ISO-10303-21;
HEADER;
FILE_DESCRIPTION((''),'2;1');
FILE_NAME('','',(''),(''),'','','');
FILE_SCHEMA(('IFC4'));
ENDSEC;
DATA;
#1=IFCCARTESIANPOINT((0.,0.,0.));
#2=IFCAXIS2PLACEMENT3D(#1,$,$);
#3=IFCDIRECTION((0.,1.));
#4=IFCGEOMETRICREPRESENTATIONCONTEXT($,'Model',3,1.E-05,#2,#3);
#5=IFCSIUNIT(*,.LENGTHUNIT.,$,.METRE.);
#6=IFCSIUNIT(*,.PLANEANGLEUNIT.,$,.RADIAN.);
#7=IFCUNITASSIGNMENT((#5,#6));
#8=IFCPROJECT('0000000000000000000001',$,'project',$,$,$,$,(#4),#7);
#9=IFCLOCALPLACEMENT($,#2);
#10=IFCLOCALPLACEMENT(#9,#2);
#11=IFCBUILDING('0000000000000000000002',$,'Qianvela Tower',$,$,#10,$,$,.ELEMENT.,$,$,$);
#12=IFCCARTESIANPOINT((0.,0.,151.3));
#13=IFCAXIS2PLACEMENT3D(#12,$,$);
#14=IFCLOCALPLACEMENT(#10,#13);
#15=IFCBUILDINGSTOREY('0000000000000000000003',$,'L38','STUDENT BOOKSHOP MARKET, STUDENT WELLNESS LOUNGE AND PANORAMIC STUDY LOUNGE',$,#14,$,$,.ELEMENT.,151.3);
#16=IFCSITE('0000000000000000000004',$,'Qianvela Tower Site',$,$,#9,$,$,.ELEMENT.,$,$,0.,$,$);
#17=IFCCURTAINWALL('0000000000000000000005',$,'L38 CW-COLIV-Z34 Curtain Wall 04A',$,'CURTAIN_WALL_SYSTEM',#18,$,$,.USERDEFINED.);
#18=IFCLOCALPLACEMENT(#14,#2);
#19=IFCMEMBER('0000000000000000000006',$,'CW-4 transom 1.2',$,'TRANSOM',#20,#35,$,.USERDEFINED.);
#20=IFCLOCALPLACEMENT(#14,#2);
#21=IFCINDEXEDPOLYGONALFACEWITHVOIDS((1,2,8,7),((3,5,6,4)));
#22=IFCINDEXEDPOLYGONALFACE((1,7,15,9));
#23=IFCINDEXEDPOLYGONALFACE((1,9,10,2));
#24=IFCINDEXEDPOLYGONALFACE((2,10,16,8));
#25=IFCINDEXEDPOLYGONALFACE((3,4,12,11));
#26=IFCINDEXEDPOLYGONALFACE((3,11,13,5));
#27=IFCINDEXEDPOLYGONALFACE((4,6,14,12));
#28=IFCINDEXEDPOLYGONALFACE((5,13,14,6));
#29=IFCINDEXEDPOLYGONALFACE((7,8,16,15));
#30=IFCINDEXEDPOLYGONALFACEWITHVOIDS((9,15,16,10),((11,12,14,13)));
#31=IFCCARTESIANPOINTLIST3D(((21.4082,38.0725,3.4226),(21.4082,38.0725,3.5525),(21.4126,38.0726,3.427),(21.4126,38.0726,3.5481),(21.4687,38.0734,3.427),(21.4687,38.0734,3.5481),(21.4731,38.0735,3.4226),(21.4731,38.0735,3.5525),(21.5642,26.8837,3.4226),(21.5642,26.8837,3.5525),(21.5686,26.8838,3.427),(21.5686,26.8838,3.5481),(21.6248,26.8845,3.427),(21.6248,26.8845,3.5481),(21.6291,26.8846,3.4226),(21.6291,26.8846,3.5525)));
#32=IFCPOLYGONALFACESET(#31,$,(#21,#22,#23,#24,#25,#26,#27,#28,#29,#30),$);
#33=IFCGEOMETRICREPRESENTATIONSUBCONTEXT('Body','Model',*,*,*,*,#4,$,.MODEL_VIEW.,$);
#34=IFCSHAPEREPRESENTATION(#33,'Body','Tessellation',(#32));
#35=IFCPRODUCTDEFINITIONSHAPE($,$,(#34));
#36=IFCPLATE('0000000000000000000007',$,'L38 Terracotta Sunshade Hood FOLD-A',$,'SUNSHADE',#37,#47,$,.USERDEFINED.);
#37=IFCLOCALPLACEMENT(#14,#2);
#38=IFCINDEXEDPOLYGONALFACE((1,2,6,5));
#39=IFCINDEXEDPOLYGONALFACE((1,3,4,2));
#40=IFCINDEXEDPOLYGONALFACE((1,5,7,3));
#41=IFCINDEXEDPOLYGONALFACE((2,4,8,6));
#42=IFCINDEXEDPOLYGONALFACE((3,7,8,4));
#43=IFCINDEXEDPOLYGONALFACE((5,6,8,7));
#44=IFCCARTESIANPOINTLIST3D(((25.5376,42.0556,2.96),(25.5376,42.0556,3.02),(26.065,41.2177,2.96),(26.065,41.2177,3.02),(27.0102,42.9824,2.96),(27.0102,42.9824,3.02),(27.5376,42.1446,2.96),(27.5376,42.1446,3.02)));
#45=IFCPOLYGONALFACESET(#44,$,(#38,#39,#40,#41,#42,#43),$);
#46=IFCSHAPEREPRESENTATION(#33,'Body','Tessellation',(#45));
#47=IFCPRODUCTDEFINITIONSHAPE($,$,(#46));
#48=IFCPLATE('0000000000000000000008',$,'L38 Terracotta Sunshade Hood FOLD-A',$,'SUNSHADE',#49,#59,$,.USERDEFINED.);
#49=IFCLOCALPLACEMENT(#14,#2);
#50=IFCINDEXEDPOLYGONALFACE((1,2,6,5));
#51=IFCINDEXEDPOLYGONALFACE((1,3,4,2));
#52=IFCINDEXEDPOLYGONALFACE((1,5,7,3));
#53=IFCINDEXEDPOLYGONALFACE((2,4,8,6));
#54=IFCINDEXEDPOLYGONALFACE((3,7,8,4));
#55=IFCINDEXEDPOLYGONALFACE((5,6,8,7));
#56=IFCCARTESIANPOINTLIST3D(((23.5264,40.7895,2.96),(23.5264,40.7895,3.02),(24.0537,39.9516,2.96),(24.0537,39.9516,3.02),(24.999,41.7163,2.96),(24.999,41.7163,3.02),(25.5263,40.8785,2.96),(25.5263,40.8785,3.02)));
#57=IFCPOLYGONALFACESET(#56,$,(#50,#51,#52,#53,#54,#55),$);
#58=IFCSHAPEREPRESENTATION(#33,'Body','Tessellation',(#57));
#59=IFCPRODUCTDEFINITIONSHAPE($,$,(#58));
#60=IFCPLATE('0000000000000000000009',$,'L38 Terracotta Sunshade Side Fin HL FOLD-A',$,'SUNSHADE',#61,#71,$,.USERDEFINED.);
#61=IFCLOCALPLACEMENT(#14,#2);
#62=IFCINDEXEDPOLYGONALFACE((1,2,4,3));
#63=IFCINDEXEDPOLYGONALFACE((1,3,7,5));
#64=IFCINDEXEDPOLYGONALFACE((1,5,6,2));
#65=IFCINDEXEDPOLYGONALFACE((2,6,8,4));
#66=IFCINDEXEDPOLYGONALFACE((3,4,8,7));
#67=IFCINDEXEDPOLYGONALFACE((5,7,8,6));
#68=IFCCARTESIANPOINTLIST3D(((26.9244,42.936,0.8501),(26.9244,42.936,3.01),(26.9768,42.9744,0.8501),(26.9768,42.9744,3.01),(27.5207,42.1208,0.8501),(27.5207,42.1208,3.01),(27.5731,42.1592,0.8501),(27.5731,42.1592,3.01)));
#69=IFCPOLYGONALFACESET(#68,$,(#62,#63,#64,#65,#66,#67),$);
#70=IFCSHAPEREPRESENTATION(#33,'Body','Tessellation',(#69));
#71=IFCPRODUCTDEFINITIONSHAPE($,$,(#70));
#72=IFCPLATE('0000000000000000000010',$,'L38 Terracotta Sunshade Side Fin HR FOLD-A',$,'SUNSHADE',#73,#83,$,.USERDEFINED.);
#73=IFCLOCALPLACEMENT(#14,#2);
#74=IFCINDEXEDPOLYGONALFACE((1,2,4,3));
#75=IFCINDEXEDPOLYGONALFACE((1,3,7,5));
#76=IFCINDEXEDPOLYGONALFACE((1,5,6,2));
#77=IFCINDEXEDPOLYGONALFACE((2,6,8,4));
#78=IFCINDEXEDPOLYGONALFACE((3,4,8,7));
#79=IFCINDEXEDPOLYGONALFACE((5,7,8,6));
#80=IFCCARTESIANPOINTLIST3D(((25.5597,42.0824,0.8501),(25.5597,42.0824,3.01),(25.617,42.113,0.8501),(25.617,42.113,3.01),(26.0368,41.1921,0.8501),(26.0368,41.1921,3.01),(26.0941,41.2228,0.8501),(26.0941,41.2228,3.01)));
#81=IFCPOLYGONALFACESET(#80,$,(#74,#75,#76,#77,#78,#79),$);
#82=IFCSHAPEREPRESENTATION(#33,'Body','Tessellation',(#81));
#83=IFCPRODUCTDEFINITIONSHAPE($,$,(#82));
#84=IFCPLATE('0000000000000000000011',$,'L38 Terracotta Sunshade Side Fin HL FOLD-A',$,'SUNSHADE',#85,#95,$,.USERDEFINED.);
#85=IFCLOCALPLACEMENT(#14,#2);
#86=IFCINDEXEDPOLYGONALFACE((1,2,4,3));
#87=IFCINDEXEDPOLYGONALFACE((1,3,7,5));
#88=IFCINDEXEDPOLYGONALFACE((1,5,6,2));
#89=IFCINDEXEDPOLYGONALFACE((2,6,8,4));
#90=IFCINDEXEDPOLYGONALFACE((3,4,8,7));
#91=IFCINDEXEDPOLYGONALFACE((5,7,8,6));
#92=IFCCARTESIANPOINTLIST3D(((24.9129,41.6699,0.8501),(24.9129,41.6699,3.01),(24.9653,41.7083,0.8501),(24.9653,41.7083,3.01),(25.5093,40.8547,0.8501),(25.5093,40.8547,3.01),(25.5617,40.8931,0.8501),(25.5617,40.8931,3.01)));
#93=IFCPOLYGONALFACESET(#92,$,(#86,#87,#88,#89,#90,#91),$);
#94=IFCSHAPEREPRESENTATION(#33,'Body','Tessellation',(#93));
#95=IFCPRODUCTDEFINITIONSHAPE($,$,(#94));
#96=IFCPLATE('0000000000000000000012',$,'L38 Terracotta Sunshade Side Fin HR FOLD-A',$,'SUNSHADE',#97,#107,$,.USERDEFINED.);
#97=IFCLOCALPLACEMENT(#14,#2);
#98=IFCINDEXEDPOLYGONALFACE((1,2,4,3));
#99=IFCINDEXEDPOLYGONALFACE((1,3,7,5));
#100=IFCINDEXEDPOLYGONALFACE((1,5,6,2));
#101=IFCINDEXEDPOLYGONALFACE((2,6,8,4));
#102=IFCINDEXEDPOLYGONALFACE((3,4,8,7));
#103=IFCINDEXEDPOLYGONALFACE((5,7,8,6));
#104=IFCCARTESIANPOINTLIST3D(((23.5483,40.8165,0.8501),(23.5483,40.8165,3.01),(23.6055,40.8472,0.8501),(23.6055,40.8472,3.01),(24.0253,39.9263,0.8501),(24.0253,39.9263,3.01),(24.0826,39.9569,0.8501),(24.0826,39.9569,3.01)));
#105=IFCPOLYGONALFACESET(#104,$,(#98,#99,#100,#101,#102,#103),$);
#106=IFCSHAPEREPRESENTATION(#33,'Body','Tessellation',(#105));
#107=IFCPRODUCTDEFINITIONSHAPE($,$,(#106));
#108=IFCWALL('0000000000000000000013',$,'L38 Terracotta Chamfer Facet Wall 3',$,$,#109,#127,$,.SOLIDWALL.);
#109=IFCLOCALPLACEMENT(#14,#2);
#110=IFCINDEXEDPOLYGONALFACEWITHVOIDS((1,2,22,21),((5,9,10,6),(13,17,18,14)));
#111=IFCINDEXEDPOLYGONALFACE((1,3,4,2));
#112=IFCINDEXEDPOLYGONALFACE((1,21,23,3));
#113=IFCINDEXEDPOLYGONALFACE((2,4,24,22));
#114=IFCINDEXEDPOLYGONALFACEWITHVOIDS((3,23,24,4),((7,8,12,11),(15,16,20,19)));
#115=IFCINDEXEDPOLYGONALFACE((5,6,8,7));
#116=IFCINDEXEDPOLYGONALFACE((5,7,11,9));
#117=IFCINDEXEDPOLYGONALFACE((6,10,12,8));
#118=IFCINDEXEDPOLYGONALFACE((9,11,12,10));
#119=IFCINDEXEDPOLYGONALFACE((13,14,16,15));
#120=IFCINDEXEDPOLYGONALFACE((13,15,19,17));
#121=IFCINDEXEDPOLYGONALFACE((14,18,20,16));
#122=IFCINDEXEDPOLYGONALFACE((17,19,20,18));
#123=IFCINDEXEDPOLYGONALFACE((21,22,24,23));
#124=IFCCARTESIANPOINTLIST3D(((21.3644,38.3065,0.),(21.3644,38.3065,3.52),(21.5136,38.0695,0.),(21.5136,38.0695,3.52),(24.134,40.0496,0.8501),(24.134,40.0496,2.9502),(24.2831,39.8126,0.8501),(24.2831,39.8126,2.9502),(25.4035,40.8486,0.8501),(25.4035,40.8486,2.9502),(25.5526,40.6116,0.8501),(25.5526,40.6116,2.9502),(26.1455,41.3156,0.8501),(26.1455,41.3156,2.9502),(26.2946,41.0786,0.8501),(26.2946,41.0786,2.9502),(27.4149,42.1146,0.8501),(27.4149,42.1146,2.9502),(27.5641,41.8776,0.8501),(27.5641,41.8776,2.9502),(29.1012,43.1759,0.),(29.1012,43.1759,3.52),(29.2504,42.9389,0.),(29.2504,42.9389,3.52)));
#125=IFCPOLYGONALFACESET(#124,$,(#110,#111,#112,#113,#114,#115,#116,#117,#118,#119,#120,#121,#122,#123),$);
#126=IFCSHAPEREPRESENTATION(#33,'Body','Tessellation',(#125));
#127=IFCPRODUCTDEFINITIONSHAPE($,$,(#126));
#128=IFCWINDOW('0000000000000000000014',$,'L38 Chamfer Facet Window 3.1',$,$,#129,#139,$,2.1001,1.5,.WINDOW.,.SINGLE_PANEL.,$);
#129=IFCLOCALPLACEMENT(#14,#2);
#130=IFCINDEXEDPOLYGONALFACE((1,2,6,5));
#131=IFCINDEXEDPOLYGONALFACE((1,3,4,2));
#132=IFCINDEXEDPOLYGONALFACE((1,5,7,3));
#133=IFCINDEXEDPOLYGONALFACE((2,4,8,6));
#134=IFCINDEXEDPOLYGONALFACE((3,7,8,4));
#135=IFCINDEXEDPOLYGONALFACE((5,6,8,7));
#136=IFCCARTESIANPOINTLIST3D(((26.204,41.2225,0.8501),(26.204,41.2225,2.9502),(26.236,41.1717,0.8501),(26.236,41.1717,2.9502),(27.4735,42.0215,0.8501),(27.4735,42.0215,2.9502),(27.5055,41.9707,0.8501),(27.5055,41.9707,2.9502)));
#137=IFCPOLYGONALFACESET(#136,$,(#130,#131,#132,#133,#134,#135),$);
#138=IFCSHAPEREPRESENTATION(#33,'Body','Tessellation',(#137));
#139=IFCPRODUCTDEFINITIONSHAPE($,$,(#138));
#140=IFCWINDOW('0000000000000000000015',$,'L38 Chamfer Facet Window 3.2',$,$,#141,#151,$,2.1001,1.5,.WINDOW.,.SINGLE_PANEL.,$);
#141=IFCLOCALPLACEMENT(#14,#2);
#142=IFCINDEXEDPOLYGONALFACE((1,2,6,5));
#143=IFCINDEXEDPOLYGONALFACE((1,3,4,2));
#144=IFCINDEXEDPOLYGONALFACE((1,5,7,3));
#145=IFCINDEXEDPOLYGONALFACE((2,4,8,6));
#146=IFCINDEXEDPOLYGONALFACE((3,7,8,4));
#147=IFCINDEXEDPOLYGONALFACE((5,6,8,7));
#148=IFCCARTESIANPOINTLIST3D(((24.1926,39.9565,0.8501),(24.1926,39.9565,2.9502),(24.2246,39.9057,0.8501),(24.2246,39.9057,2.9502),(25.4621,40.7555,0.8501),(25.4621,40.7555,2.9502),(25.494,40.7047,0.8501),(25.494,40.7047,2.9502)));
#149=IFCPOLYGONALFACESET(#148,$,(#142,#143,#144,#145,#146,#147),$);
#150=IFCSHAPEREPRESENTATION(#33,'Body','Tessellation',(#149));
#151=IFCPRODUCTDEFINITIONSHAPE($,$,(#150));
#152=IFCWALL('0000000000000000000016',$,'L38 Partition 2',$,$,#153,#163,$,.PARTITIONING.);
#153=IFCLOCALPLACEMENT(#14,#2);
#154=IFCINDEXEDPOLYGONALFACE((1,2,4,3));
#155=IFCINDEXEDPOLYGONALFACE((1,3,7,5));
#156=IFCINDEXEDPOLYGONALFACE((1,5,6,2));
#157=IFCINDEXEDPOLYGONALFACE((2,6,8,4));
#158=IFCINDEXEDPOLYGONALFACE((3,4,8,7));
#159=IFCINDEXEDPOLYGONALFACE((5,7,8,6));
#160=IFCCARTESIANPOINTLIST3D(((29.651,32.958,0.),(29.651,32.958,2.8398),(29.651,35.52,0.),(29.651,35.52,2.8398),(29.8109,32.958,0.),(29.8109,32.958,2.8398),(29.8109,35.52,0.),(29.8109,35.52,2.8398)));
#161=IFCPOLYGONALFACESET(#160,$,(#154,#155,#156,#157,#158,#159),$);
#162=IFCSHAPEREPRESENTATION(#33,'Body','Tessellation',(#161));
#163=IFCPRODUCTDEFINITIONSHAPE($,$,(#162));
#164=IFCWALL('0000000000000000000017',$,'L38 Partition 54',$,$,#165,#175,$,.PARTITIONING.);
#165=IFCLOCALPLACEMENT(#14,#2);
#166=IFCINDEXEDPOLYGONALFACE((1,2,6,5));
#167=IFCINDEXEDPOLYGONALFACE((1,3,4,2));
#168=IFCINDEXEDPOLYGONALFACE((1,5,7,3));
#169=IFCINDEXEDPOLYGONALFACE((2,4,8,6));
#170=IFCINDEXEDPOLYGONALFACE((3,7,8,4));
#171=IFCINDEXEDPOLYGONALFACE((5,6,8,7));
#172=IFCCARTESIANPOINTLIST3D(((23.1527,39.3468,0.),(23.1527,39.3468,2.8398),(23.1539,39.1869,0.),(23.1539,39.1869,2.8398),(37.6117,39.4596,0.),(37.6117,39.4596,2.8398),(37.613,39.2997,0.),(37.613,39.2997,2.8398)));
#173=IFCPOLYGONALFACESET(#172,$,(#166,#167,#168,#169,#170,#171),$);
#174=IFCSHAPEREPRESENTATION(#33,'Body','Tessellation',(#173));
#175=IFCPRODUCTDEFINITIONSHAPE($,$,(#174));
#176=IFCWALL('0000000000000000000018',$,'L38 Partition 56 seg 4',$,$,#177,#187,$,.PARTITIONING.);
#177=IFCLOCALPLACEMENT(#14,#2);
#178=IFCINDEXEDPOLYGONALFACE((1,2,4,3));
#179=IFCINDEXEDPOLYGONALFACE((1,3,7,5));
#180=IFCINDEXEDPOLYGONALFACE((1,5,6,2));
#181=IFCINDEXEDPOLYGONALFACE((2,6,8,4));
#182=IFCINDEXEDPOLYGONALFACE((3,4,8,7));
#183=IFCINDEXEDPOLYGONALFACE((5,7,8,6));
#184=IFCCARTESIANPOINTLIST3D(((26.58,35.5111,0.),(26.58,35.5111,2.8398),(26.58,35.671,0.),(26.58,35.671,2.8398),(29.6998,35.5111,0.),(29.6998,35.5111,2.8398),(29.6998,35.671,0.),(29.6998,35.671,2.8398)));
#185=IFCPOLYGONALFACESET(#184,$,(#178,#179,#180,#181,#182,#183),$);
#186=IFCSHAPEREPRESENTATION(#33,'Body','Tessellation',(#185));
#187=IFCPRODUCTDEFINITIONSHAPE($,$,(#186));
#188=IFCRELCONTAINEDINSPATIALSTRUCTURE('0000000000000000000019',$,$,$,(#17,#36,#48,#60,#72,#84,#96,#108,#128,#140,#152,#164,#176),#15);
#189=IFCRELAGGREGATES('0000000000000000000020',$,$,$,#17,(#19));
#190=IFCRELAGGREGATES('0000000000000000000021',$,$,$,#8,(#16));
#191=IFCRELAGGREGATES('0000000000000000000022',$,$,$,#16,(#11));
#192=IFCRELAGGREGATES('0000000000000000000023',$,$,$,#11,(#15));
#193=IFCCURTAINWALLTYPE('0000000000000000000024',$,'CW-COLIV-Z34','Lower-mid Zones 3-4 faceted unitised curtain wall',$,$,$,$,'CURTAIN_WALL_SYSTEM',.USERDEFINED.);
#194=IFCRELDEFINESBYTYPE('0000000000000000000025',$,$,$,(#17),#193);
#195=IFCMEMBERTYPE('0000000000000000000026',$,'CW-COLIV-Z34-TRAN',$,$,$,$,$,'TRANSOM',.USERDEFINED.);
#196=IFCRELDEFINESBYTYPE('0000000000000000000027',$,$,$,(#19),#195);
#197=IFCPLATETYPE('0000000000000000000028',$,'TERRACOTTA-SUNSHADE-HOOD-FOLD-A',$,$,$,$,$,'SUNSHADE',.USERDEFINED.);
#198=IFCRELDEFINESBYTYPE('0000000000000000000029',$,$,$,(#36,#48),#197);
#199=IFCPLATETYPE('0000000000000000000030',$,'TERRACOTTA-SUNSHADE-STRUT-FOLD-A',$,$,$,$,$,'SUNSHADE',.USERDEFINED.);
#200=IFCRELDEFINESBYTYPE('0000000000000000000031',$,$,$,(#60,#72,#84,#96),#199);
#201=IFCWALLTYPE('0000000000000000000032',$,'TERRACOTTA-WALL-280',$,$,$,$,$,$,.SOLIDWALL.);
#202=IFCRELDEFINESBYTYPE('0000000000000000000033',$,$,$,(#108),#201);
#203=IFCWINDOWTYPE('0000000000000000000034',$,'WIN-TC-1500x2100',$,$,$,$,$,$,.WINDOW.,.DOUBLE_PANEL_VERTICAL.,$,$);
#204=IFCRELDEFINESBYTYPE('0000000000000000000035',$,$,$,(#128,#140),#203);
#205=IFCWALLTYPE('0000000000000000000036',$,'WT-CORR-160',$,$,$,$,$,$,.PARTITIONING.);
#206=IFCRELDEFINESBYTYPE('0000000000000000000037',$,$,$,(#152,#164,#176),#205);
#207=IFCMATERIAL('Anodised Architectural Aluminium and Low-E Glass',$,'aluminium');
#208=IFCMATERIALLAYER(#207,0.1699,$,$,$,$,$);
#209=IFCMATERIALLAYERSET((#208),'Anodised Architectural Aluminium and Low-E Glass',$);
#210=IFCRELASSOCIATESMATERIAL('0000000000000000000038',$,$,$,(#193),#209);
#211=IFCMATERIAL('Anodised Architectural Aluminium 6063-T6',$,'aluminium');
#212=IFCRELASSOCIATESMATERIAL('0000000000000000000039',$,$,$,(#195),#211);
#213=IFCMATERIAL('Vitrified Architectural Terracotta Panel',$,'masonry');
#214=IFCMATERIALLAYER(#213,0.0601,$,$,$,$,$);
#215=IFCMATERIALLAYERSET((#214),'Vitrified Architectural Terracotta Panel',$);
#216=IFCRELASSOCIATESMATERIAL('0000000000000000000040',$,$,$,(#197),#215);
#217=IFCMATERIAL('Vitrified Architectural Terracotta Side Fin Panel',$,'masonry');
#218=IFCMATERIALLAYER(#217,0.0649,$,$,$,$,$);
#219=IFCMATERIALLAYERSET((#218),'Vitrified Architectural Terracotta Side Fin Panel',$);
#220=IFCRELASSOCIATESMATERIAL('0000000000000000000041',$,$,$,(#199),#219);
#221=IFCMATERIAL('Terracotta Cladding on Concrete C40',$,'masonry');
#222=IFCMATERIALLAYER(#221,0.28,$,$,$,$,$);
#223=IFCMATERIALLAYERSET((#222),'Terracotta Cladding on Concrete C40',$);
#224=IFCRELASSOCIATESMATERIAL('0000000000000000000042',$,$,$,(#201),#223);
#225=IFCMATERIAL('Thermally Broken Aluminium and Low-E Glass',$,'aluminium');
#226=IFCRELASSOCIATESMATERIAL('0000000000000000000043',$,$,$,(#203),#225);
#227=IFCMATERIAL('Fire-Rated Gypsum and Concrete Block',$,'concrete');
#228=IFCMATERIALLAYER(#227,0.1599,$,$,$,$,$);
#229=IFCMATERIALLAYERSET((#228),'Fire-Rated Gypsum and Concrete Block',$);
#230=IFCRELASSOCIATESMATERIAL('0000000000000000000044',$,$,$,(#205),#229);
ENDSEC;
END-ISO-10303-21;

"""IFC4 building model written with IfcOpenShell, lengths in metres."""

from ifc_helpers import new_model, si_unit, direction, frame, frame_2d, origin, origin_2d, place, context, subcontext, project, spatial, rectangle, hollow_rectangle, extrude, material, layer, layer_set, material_profile, profile_set, type_object, element, fill, aggregate, save


model = new_model("IFC4")

# Units and contexts
model_context = context("Model", 3, precision=1e-05, world=origin(), true_north=direction((0.0, 1.0)))
body_context = subcontext(model_context, "Body", "Model", "MODEL_VIEW")
ifc_project = project(units=[si_unit("LENGTHUNIT", "METRE"), si_unit("PLANEANGLEUNIT", "RADIAN")], contexts=[model_context])

# Site, building, storey
site_placement = place(None, origin())
site = spatial("IfcSite", under=ifc_project, at=site_placement, Name="Qianvela Tower Site", CompositionType="ELEMENT", RefElevation=0.0)
building_placement = place(site_placement, origin())
building = spatial("IfcBuilding", under=site, at=building_placement, Name="Qianvela Tower", CompositionType="ELEMENT")
storey_placement = place(building_placement, frame((0.0, 0.0, 151.3)))
storey = spatial("IfcBuildingStorey", under=building, at=storey_placement, Name="L38", Description="STUDENT BOOKSHOP MARKET, STUDENT WELLNESS LOUNGE AND PANORAMIC STUDY LOUNGE", CompositionType="ELEMENT", Elevation=151.3)

# Shared definitions
ifc_material_1 = material(Name="Anodised Architectural Aluminium and Low-E Glass", Category="aluminium")
ifc_layer_1 = layer(ifc_material_1, 0.1699)
ifc_layer_set_1 = layer_set([ifc_layer_1], Name="Anodised Architectural Aluminium and Low-E Glass")
curtain_wall_type = type_object("IfcCurtainWallType", Name="CW-COLIV-Z34", Description="Lower-mid Zones 3-4 faceted unitised curtain wall", ElementType="CURTAIN_WALL_SYSTEM", PredefinedType="USERDEFINED", material=ifc_layer_set_1)

# Curtain wall, member
curtain_wall_1_placement = place(storey_placement, origin())
curtain_wall_1 = element("IfcCurtainWall", 1, at=curtain_wall_1_placement, inside=storey, type_object=curtain_wall_type, Name="L38 CW-COLIV-Z34 Curtain Wall 04A", ObjectType="CURTAIN_WALL_SYSTEM", PredefinedType="USERDEFINED")
ifc_material_2 = material(Name="Anodised Architectural Aluminium 6063-T6", Category="aluminium")
ifc_material_profile_1 = material_profile(ifc_material_2, hollow_rectangle(XDim=0.0649, YDim=0.1299, WallThickness=0.0044, at=origin_2d()), Name="ALU-TRAN-65x130")
ifc_profile_set_1 = profile_set([ifc_material_profile_1], Name="Anodised Architectural Aluminium 6063-T6")
member_type_1 = type_object("IfcMemberType", Name="CW-COLIV-Z34-TRAN", ElementType="TRANSOM", PredefinedType="USERDEFINED", material=ifc_profile_set_1)
member_1_placement = place(storey_placement, frame((21.4407, 38.073, 3.4875), z_axis=(0.013941, -0.999903, 0.0), x_axis=(0.999903, 0.013941, 0.0)))
member_1 = element("IfcMember", 2, at=member_1_placement, type_object=member_type_1, Name="CW-4 transom 1.2", ObjectType="TRANSOM", PredefinedType="USERDEFINED", context=body_context, shape_type="SweptSolid", body=[
    extrude(hollow_rectangle(XDim=0.0649, YDim=0.1299, WallThickness=0.0044, at=origin_2d()), origin(), (0.0, 0.0, 1.0), 11.1899),
])
aggregate(curtain_wall_1, [member_1])

# Plates
ifc_material_3 = material(Name="Vitrified Architectural Terracotta Panel", Category="masonry")
ifc_layer_2 = layer(ifc_material_3, 0.0601)
ifc_layer_set_2 = layer_set([ifc_layer_2], Name="Vitrified Architectural Terracotta Panel")
plate_type_1 = type_object("IfcPlateType", Name="TERRACOTTA-SUNSHADE-HOOD-FOLD-A", ElementType="SUNSHADE", PredefinedType="USERDEFINED", material=ifc_layer_set_2)
for number, where, z_axis, x_axis, name in (
    (3, (26.5376, 42.1001, 2.96), (0.0, 0.0, 1.0), (-0.84632, -0.532675, 0.0), "L38 Terracotta Sunshade Hood FOLD-A"),
    (4, (24.5264, 40.834, 2.96), (0.0, 0.0, 1.0), (-0.84632, -0.532675, 0.0), "L38 Terracotta Sunshade Hood FOLD-A"),
):
    element("IfcPlate", number, at=place(storey_placement, frame(where, z_axis=z_axis, x_axis=x_axis)), inside=storey, type_object=plate_type_1, Name=name, ObjectType="SUNSHADE", PredefinedType="USERDEFINED", context=body_context, shape_type="SweptSolid", body=[
        extrude(rectangle(XDim=1.74, YDim=0.99, at=origin_2d()), origin(), (0.0, 0.0, 1.0), 0.0601),
    ])
ifc_material_4 = material(Name="Vitrified Architectural Terracotta Side Fin Panel", Category="masonry")
ifc_layer_3 = layer(ifc_material_4, 0.0649)
ifc_layer_set_3 = layer_set([ifc_layer_3], Name="Vitrified Architectural Terracotta Side Fin Panel")
plate_type_2 = type_object("IfcPlateType", Name="TERRACOTTA-SUNSHADE-STRUT-FOLD-A", ElementType="SUNSHADE", PredefinedType="USERDEFINED", material=ifc_layer_set_3)
for number, where, z_axis, x_axis, name in (
    (5, (27.2488, 42.5476, 0.8501), (0.0, 0.0, 1.0), (-0.8071, -0.590414, 0.0), "L38 Terracotta Sunshade Side Fin HL FOLD-A"),
    (6, (25.8269, 41.6526, 0.8501), (0.0, 0.0, 1.0), (-0.881416, -0.472342, 0.0), "L38 Terracotta Sunshade Side Fin HR FOLD-A"),
    (7, (25.2373, 41.2815, 0.8501), (0.0, 0.0, 1.0), (-0.8071, -0.590414, 0.0), "L38 Terracotta Sunshade Side Fin HL FOLD-A"),
    (8, (23.8154, 40.3867, 0.8501), (0.0, 0.0, 1.0), (-0.881416, -0.472342, 0.0), "L38 Terracotta Sunshade Side Fin HR FOLD-A"),
):
    element("IfcPlate", number, at=place(storey_placement, frame(where, z_axis=z_axis, x_axis=x_axis)), inside=storey, type_object=plate_type_2, Name=name, ObjectType="SUNSHADE", PredefinedType="USERDEFINED", context=body_context, shape_type="SweptSolid", body=[
        extrude(rectangle(XDim=0.0649, YDim=1.01, at=origin_2d()), origin(), (0.0, 0.0, 1.0), 2.1599),
    ])

# Wall, openings, windows
ifc_material_5 = material(Name="Terracotta Cladding on Concrete C40", Category="masonry")
ifc_layer_4 = layer(ifc_material_5, 0.28)
ifc_layer_set_4 = layer_set([ifc_layer_4], Name="Terracotta Cladding on Concrete C40")
wall_type_1 = type_object("IfcWallType", Name="TERRACOTTA-WALL-280", PredefinedType="SOLIDWALL", material=ifc_layer_set_4)
wall_1_placement = place(storey_placement, frame((29.1758, 43.0574, 0.0), z_axis=(0.0, 0.0, 1.0), x_axis=(-0.846329, -0.532661, 0.0)))
wall_1 = element("IfcWall", 9, at=wall_1_placement, inside=storey, type_object=wall_type_1, Name="L38 Terracotta Chamfer Facet Wall 3", PredefinedType="SOLIDWALL", context=body_context, shape_type="SweptSolid", body=[
    extrude(rectangle(XDim=9.1416, YDim=0.28, at=frame_2d((4.5708, 0.0))), origin(), (0.0, 0.0, 1.0), 3.52),
])
opening_1_placement = place(wall_1_placement, frame((1.9924, 0.0, 0.8501)))
opening_1 = element("IfcOpeningElement", 10, at=opening_1_placement, cuts=wall_1, PredefinedType="OPENING", context=body_context, shape_type="SweptSolid", body=[
    extrude(rectangle(XDim=1.5, YDim=2.1001, at=frame_2d((0.75, 1.05))), frame((0.0, 0.1499, 0.0), z_axis=(0.0, -1.0, 0.0), x_axis=(1.0, 0.0, 0.0)), (0.0, 0.0, 1.0), 0.3),
])
opening_2_placement = place(wall_1_placement, frame((4.3691, 0.0, 0.8501)))
opening_2 = element("IfcOpeningElement", 11, at=opening_2_placement, cuts=wall_1, PredefinedType="OPENING", context=body_context, shape_type="SweptSolid", body=[
    extrude(rectangle(XDim=1.5, YDim=2.1001, at=frame_2d((0.75, 1.05))), frame((0.0, 0.1499, 0.0), z_axis=(0.0, -1.0, 0.0), x_axis=(1.0, 0.0, 0.0)), (0.0, 0.0, 1.0), 0.3),
])
ifc_material_6 = material(Name="Thermally Broken Aluminium and Low-E Glass", Category="aluminium")
window_type = type_object("IfcWindowType", Name="WIN-TC-1500x2100", PartitioningType="DOUBLE_PANEL_VERTICAL", PredefinedType="WINDOW", material=ifc_material_6)
window_1_placement = place(opening_1_placement, origin())
window_1 = element("IfcWindow", 12, at=window_1_placement, inside=storey, type_object=window_type, Name="L38 Chamfer Facet Window 3.1", OverallHeight=2.1001, OverallWidth=1.5, PartitioningType="SINGLE_PANEL", PredefinedType="WINDOW", context=body_context, shape_type="SweptSolid", body=[
    extrude(rectangle(XDim=1.5, YDim=2.1001, at=frame_2d((0.75, 1.05))), frame((0.0, 0.03, 0.0), z_axis=(0.0, -1.0, 0.0), x_axis=(1.0, 0.0, 0.0)), (0.0, 0.0, 1.0), 0.0601),
])
fill(opening_1, window_1)
window_2_placement = place(opening_2_placement, origin())
window_2 = element("IfcWindow", 13, at=window_2_placement, inside=storey, type_object=window_type, Name="L38 Chamfer Facet Window 3.2", OverallHeight=2.1001, OverallWidth=1.5, PartitioningType="SINGLE_PANEL", PredefinedType="WINDOW", context=body_context, shape_type="SweptSolid", body=[
    extrude(rectangle(XDim=1.5, YDim=2.1001, at=frame_2d((0.75, 1.05))), frame((0.0, 0.03, 0.0), z_axis=(0.0, -1.0, 0.0), x_axis=(1.0, 0.0, 0.0)), (0.0, 0.0, 1.0), 0.0601),
])
fill(opening_2, window_2)

# Wall
ifc_material_7 = material(Name="Fire-Rated Gypsum and Concrete Block", Category="concrete")
ifc_layer_5 = layer(ifc_material_7, 0.1599)
ifc_layer_set_5 = layer_set([ifc_layer_5], Name="Fire-Rated Gypsum and Concrete Block")
wall_type_2 = type_object("IfcWallType", Name="WT-CORR-160", PredefinedType="PARTITIONING", material=ifc_layer_set_5)
wall_2_placement = place(storey_placement, frame((29.731, 32.958, 0.0), z_axis=(0.0, 0.0, 1.0), x_axis=(0.0, 1.0, 0.0)))
element("IfcWall", 14, at=wall_2_placement, inside=storey, type_object=wall_type_2, Name="L38 Partition 2", PredefinedType="PARTITIONING", context=body_context, shape_type="SweptSolid", body=[
    extrude(rectangle(XDim=2.562, YDim=0.1599, at=frame_2d((1.281, 0.0))), origin(), (0.0, 0.0, 1.0), 2.8398),
])

# Walls
wall_3_placement = place(storey_placement, frame((23.1533, 39.2668, 0.0), z_axis=(0.0, 0.0, 1.0), x_axis=(0.99997, 0.007801, 0.0)))
element("IfcWall", 15, at=wall_3_placement, inside=storey, type_object=wall_type_2, Name="L38 Partition 54", PredefinedType="PARTITIONING", context=body_context, shape_type="SweptSolid", body=[
    extrude(rectangle(XDim=14.4595, YDim=0.1599, at=frame_2d((7.2297, 0.0))), origin(), (0.0, 0.0, 1.0), 2.8398),
])
wall_4_placement = place(storey_placement, frame((29.7, 35.5911, 0.0), z_axis=(0.0, 0.0, 1.0), x_axis=(-1.0, 0.0, 0.0)))
element("IfcWall", 16, at=wall_4_placement, inside=storey, type_object=wall_type_2, Name="L38 Partition 56 seg 4", PredefinedType="PARTITIONING", context=body_context, shape_type="SweptSolid", body=[
    extrude(rectangle(XDim=3.1199, YDim=0.1599, at=frame_2d((1.5601, 0.0))), origin(), (0.0, 0.0, 1.0), 2.8398),
])

save(model, "model.ifc")
